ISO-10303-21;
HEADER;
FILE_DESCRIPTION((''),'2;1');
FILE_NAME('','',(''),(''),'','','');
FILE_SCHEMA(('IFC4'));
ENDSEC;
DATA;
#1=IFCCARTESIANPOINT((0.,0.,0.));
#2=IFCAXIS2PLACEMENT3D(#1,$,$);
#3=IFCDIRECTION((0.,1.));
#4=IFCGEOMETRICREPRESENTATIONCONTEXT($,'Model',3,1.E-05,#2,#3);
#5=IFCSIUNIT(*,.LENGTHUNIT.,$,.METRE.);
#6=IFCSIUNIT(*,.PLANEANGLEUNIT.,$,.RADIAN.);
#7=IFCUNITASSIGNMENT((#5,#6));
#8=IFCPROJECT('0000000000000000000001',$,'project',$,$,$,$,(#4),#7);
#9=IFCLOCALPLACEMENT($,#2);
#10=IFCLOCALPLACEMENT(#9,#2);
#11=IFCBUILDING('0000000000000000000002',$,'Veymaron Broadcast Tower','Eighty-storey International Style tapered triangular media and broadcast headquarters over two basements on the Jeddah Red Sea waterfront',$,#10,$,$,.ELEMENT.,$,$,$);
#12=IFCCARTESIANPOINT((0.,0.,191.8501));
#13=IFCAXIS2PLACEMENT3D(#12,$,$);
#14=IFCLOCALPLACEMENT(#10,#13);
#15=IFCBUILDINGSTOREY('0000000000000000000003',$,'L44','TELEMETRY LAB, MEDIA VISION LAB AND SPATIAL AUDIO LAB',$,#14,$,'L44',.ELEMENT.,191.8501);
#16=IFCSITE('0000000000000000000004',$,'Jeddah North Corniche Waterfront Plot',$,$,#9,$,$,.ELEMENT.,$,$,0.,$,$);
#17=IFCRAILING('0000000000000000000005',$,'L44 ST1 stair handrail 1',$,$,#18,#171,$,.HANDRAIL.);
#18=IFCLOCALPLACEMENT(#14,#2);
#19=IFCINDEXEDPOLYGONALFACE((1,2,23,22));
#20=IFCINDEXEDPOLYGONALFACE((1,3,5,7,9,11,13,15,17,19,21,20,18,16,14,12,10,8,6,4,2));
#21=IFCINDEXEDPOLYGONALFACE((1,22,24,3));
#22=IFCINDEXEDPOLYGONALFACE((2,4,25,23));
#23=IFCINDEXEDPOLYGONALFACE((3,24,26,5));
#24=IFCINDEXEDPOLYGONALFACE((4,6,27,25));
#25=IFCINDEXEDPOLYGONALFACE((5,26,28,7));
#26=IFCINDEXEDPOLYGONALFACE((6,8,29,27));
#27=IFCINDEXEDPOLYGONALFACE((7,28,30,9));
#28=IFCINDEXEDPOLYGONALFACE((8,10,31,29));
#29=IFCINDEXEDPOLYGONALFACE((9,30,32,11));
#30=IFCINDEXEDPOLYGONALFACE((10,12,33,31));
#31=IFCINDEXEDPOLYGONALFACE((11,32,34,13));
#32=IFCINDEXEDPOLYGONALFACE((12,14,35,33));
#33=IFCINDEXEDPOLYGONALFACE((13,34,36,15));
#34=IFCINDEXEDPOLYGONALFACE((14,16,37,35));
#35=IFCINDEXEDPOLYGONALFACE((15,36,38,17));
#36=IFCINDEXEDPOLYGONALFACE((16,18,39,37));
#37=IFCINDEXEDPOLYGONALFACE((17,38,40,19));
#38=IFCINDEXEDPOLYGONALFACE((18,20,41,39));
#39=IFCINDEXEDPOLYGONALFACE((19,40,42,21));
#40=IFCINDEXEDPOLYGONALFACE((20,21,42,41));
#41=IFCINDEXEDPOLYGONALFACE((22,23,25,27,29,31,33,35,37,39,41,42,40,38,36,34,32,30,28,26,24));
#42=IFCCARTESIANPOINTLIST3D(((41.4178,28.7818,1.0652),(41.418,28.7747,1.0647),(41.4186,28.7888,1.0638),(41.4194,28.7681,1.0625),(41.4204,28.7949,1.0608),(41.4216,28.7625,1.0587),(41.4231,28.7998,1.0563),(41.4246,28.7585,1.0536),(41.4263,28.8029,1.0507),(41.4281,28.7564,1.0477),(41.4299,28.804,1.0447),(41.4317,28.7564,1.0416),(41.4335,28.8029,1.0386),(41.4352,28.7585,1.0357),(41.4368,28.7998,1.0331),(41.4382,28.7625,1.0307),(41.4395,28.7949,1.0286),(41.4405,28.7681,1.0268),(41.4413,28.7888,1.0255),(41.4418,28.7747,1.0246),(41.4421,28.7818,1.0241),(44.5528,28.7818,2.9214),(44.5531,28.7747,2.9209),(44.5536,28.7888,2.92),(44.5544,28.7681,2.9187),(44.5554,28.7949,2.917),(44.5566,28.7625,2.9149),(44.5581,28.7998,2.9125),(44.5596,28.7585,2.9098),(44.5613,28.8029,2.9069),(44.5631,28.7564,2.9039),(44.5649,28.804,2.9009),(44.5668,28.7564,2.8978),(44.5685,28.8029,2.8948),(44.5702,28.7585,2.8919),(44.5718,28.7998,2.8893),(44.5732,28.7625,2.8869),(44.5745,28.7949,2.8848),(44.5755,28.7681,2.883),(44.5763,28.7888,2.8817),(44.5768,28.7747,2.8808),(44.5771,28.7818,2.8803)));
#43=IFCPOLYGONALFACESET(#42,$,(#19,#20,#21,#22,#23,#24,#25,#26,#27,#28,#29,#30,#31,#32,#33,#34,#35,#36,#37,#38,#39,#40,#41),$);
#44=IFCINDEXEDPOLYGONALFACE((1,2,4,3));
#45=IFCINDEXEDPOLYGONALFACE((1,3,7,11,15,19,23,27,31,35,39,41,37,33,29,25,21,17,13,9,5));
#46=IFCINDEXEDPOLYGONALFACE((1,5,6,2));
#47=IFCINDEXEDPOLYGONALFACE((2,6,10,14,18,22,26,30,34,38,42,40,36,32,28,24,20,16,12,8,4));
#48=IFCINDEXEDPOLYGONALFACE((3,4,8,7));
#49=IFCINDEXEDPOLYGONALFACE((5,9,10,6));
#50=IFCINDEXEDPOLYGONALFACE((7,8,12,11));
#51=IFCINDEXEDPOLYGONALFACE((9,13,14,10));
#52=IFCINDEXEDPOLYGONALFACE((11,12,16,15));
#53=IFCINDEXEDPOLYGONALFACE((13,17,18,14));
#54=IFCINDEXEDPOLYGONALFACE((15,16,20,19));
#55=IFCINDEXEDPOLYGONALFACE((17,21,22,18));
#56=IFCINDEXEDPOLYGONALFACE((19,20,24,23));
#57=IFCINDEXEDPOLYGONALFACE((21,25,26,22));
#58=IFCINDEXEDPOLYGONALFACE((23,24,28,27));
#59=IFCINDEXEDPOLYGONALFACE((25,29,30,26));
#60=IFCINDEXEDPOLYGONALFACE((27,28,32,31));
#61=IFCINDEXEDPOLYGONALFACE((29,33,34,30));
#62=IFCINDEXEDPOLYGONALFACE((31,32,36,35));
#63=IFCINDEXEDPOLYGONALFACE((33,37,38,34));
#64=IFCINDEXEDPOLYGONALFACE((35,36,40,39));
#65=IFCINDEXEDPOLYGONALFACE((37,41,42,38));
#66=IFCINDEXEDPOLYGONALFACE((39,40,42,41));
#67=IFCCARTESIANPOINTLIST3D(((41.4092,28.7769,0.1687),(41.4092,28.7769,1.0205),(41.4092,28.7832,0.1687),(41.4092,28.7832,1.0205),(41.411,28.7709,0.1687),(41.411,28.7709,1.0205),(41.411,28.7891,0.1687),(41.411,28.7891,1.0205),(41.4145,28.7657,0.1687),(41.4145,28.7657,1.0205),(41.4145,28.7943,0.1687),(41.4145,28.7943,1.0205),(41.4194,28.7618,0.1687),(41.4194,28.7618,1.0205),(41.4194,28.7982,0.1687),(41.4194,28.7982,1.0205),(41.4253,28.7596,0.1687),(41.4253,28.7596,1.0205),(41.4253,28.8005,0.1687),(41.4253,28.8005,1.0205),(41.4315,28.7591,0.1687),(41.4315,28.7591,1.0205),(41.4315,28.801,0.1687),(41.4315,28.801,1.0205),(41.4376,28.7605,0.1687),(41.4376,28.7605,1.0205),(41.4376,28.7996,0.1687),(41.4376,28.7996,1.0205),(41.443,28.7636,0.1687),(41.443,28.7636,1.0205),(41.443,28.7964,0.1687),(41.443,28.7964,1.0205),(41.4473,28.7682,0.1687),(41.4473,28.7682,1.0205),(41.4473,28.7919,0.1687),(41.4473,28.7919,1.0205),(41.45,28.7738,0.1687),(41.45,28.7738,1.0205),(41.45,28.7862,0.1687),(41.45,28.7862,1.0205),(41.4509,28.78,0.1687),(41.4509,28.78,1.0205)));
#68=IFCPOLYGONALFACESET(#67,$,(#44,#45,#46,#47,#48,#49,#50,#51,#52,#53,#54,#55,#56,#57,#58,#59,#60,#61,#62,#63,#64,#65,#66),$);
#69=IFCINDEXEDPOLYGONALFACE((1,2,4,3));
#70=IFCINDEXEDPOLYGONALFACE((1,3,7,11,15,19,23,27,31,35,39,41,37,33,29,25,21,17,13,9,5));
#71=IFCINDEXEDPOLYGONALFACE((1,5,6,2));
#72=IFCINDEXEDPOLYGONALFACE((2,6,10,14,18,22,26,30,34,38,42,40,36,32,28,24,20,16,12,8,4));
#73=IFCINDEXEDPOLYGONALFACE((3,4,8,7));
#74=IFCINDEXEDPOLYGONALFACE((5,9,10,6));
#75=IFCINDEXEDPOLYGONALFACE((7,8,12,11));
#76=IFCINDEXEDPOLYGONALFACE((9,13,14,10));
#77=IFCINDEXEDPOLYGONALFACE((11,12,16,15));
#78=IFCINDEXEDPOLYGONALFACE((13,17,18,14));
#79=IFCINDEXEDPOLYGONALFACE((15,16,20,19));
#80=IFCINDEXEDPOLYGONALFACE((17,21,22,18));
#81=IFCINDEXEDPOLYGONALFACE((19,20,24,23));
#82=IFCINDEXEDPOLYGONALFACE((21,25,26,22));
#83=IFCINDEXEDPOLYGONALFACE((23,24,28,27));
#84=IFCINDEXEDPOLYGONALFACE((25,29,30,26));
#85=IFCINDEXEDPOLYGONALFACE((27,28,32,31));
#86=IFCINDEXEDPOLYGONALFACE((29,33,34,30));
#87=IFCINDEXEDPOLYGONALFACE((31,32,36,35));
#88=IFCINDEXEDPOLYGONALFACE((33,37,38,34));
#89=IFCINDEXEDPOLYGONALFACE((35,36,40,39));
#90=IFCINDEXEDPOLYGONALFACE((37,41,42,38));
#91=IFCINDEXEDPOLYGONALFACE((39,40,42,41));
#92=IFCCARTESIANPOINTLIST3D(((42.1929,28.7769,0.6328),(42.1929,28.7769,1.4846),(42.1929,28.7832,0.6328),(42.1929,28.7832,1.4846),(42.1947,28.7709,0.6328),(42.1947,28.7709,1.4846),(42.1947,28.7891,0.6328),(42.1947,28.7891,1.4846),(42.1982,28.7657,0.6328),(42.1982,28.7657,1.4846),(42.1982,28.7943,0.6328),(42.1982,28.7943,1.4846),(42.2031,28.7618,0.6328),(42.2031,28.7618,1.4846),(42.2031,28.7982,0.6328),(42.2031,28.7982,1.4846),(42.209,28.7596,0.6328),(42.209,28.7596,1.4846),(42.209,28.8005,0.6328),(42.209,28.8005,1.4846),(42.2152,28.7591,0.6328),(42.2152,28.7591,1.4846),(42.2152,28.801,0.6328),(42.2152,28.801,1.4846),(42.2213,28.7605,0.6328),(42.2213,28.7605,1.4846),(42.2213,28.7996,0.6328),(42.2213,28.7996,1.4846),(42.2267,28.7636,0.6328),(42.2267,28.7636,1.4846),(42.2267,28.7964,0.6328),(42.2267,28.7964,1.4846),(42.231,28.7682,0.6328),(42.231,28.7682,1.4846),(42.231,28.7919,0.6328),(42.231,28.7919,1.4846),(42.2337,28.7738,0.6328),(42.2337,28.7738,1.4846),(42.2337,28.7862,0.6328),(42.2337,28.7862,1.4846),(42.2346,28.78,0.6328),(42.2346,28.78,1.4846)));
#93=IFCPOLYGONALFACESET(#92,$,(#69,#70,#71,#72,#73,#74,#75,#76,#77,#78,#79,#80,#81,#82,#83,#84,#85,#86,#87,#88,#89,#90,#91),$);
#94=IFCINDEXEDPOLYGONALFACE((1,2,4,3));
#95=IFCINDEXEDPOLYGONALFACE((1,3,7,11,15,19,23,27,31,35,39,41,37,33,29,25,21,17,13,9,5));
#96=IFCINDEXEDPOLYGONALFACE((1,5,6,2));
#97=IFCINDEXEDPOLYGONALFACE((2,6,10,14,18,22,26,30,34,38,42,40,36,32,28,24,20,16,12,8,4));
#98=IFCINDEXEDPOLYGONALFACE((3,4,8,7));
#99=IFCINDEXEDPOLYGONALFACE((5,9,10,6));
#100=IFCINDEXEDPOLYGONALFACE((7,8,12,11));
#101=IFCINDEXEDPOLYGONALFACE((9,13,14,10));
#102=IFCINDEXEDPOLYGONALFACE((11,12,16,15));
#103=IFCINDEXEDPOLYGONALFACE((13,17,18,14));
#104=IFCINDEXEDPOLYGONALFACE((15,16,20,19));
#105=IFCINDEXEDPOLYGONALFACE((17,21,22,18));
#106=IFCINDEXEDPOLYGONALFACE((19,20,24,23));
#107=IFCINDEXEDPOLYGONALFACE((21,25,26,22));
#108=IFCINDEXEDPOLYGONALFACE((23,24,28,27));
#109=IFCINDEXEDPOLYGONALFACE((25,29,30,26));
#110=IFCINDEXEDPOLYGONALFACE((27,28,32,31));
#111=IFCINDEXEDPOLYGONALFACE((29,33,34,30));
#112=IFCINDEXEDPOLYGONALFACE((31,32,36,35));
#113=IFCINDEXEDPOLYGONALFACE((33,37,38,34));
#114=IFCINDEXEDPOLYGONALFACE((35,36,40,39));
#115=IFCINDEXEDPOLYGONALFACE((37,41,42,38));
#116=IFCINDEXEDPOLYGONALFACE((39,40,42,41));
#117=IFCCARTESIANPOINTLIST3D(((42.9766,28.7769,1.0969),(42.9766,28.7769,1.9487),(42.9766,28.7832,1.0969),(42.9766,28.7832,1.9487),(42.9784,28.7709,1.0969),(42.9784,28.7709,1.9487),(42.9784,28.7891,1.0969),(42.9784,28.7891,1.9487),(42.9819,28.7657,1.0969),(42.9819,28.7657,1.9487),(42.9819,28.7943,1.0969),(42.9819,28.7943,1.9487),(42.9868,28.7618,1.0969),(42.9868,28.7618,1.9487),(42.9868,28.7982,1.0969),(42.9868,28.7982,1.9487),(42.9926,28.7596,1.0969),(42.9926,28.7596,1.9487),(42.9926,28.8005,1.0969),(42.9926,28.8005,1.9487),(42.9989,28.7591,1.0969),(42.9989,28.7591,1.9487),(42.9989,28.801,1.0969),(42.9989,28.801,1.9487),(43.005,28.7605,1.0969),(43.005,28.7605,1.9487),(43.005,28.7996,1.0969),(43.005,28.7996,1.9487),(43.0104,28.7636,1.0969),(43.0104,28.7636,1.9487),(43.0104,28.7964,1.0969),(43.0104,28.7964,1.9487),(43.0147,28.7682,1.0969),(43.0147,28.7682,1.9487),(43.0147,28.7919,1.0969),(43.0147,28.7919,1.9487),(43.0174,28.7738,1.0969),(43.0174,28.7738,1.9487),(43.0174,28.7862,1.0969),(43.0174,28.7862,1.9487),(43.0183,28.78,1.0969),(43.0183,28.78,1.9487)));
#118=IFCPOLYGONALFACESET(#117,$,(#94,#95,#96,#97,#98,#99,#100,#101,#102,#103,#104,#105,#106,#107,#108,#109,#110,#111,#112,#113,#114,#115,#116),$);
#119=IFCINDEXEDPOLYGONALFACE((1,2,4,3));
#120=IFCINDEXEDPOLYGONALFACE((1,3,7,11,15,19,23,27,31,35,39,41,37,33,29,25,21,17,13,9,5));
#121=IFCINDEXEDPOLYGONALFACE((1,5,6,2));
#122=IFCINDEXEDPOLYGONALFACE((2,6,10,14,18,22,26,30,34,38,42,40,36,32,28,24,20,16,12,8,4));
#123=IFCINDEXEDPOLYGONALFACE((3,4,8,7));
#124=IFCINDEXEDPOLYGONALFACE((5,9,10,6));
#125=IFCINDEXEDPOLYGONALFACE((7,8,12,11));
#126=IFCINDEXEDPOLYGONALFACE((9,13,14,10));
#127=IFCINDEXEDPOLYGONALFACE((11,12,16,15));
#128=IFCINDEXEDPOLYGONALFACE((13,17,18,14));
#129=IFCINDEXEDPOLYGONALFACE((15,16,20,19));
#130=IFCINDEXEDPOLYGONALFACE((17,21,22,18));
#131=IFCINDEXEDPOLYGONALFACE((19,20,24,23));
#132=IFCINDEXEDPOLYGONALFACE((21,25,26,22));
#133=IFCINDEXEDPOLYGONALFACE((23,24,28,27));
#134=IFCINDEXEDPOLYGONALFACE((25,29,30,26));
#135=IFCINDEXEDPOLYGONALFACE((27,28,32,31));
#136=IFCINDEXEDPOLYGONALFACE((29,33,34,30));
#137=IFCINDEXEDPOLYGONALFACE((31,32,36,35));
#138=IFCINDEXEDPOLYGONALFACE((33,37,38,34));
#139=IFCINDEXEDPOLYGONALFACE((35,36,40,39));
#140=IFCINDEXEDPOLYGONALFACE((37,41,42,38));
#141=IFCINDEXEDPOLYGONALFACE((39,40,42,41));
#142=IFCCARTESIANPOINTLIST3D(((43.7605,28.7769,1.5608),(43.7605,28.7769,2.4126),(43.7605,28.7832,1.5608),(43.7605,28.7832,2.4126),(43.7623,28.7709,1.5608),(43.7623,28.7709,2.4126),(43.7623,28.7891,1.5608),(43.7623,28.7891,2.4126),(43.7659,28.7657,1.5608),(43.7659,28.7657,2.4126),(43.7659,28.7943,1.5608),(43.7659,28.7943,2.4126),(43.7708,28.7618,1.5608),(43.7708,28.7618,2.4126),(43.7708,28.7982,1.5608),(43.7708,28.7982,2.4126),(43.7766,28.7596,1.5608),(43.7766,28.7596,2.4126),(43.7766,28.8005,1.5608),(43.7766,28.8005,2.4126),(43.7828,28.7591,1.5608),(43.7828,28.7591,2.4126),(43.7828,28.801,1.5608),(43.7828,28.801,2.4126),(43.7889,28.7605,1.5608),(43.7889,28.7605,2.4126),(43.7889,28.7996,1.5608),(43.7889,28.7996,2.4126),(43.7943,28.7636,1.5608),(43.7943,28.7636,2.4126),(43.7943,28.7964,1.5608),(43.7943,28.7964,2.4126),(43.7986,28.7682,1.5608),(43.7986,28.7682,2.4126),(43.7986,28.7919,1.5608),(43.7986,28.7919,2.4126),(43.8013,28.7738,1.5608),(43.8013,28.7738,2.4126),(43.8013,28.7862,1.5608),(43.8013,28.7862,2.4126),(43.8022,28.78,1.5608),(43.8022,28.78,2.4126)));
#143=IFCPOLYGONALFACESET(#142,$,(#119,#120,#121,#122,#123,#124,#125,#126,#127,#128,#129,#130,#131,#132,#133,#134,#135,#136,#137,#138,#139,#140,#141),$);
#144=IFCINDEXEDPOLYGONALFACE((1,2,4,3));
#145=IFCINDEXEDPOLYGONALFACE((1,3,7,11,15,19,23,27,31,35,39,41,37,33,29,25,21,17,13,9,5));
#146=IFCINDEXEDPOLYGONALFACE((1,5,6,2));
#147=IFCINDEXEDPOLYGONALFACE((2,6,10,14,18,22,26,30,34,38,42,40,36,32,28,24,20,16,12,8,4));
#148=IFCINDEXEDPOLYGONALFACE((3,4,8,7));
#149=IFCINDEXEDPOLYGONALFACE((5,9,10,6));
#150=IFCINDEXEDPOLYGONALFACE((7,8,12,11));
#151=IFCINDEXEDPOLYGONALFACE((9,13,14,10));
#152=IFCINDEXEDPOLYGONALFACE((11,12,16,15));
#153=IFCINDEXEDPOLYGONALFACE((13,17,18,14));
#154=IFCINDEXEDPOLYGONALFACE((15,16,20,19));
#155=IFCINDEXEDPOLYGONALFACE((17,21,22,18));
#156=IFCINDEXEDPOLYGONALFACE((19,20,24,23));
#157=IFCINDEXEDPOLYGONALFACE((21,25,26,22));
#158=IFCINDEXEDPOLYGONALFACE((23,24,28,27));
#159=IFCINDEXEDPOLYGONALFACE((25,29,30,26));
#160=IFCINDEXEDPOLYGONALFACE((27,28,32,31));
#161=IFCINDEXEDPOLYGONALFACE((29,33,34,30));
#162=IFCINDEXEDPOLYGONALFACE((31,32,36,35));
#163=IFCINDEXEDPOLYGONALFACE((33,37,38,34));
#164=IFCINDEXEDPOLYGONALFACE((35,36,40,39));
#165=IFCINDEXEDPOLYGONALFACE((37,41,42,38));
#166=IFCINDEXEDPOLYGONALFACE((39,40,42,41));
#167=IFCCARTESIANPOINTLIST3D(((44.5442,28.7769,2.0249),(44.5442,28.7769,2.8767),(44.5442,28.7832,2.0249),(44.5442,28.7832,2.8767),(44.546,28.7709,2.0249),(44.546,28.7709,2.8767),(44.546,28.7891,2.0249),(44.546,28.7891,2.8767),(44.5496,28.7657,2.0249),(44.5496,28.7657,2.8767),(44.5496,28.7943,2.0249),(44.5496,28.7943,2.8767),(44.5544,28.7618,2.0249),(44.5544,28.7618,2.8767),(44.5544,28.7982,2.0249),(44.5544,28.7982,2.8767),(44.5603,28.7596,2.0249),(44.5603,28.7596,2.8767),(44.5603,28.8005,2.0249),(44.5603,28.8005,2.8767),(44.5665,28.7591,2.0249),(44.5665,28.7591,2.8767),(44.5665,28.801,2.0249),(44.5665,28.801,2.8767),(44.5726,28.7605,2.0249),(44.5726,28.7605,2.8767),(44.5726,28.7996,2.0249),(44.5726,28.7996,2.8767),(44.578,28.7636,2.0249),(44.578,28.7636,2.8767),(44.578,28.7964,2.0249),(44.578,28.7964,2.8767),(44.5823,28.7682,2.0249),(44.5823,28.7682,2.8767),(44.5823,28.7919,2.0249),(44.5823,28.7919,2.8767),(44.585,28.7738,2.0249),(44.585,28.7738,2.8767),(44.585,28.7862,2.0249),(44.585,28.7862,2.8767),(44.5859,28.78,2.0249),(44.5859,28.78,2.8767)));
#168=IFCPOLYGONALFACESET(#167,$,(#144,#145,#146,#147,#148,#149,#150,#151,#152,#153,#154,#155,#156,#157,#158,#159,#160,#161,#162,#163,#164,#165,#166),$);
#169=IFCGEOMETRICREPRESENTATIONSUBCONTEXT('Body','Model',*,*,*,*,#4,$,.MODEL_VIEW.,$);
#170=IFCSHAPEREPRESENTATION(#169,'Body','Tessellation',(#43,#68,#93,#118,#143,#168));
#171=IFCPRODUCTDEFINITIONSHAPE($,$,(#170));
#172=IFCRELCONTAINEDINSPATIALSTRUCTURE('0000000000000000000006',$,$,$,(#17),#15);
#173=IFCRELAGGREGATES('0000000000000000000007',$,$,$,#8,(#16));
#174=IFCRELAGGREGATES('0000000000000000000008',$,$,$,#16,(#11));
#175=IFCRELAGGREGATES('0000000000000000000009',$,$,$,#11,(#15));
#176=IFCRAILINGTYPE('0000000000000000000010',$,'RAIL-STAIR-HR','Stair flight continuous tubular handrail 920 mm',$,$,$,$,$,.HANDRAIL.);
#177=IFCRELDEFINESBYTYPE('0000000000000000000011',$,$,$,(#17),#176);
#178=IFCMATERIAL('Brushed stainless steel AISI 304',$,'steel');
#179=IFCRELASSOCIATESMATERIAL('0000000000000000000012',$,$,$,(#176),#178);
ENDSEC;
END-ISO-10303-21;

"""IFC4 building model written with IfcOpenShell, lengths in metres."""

from ifc_helpers import new_model, si_unit, direction, frame, origin, origin_2d, place, context, subcontext, project, spatial, circle, extrude, material, type_object, element, save


model = new_model("IFC4")

# Units and contexts
model_context = context("Model", 3, precision=1e-05, world=origin(), true_north=direction((0.0, 1.0)))
body_context = subcontext(model_context, "Body", "Model", "MODEL_VIEW")
ifc_project = project(units=[si_unit("LENGTHUNIT", "METRE"), si_unit("PLANEANGLEUNIT", "RADIAN")], contexts=[model_context])

# Site, building, storey
site_placement = place(None, origin())
site = spatial("IfcSite", under=ifc_project, at=site_placement, Name="Jeddah North Corniche Waterfront Plot", CompositionType="ELEMENT", RefElevation=0.0)
building_placement = place(site_placement, origin())
building = spatial("IfcBuilding", under=site, at=building_placement, Name="Veymaron Broadcast Tower", Description="Eighty-storey International Style tapered triangular media and broadcast headquarters over two basements on the Jeddah Red Sea waterfront", CompositionType="ELEMENT")
storey_placement = place(building_placement, frame((0.0, 0.0, 191.8501)))
storey = spatial("IfcBuildingStorey", under=building, at=storey_placement, Name="L44", Description="TELEMETRY LAB, MEDIA VISION LAB AND SPATIAL AUDIO LAB", LongName="L44", CompositionType="ELEMENT", Elevation=191.8501)

# Shared definitions
ifc_material_1 = material(Name="Brushed stainless steel AISI 304", Category="steel")

# Railing
railing_type_1 = type_object("IfcRailingType", Name="RAIL-STAIR-HR", Description="Stair flight continuous tubular handrail 920 mm", PredefinedType="HANDRAIL", material=ifc_material_1)
railing_1_placement = place(storey_placement, frame((41.4299, 28.78, 0.1687)))
element("IfcRailing", 1, at=railing_1_placement, inside=storey, type_object=railing_type_1, Name="L44 ST1 stair handrail 1", PredefinedType="HANDRAIL", context=body_context, shape_type="SweptSolid", body=[
    extrude(circle(Radius=0.0239, at=origin_2d()), frame((0.0, 0.0, 0.876), z_axis=(0.860482, 0.0, 0.509481), x_axis=(0.0, 1.0, 0.0)), (0.0, 0.0, 1.0), 3.6433),
    extrude(circle(Radius=0.021, at=origin_2d()), origin(), (0.0, 0.0, 1.0), 0.8518),
    extrude(circle(Radius=0.021, at=origin_2d()), frame((0.7837, 0.0, 0.4641)), (0.0, 0.0, 1.0), 0.8518),
    extrude(circle(Radius=0.021, at=origin_2d()), frame((1.5674, 0.0, 0.9282)), (0.0, 0.0, 1.0), 0.8518),
    extrude(circle(Radius=0.021, at=origin_2d()), frame((2.3513, 0.0, 1.3921)), (0.0, 0.0, 1.0), 0.8518),
    extrude(circle(Radius=0.021, at=origin_2d()), frame((3.135, 0.0, 1.8562)), (0.0, 0.0, 1.0), 0.8518),
])

save(model, "model.ifc")
